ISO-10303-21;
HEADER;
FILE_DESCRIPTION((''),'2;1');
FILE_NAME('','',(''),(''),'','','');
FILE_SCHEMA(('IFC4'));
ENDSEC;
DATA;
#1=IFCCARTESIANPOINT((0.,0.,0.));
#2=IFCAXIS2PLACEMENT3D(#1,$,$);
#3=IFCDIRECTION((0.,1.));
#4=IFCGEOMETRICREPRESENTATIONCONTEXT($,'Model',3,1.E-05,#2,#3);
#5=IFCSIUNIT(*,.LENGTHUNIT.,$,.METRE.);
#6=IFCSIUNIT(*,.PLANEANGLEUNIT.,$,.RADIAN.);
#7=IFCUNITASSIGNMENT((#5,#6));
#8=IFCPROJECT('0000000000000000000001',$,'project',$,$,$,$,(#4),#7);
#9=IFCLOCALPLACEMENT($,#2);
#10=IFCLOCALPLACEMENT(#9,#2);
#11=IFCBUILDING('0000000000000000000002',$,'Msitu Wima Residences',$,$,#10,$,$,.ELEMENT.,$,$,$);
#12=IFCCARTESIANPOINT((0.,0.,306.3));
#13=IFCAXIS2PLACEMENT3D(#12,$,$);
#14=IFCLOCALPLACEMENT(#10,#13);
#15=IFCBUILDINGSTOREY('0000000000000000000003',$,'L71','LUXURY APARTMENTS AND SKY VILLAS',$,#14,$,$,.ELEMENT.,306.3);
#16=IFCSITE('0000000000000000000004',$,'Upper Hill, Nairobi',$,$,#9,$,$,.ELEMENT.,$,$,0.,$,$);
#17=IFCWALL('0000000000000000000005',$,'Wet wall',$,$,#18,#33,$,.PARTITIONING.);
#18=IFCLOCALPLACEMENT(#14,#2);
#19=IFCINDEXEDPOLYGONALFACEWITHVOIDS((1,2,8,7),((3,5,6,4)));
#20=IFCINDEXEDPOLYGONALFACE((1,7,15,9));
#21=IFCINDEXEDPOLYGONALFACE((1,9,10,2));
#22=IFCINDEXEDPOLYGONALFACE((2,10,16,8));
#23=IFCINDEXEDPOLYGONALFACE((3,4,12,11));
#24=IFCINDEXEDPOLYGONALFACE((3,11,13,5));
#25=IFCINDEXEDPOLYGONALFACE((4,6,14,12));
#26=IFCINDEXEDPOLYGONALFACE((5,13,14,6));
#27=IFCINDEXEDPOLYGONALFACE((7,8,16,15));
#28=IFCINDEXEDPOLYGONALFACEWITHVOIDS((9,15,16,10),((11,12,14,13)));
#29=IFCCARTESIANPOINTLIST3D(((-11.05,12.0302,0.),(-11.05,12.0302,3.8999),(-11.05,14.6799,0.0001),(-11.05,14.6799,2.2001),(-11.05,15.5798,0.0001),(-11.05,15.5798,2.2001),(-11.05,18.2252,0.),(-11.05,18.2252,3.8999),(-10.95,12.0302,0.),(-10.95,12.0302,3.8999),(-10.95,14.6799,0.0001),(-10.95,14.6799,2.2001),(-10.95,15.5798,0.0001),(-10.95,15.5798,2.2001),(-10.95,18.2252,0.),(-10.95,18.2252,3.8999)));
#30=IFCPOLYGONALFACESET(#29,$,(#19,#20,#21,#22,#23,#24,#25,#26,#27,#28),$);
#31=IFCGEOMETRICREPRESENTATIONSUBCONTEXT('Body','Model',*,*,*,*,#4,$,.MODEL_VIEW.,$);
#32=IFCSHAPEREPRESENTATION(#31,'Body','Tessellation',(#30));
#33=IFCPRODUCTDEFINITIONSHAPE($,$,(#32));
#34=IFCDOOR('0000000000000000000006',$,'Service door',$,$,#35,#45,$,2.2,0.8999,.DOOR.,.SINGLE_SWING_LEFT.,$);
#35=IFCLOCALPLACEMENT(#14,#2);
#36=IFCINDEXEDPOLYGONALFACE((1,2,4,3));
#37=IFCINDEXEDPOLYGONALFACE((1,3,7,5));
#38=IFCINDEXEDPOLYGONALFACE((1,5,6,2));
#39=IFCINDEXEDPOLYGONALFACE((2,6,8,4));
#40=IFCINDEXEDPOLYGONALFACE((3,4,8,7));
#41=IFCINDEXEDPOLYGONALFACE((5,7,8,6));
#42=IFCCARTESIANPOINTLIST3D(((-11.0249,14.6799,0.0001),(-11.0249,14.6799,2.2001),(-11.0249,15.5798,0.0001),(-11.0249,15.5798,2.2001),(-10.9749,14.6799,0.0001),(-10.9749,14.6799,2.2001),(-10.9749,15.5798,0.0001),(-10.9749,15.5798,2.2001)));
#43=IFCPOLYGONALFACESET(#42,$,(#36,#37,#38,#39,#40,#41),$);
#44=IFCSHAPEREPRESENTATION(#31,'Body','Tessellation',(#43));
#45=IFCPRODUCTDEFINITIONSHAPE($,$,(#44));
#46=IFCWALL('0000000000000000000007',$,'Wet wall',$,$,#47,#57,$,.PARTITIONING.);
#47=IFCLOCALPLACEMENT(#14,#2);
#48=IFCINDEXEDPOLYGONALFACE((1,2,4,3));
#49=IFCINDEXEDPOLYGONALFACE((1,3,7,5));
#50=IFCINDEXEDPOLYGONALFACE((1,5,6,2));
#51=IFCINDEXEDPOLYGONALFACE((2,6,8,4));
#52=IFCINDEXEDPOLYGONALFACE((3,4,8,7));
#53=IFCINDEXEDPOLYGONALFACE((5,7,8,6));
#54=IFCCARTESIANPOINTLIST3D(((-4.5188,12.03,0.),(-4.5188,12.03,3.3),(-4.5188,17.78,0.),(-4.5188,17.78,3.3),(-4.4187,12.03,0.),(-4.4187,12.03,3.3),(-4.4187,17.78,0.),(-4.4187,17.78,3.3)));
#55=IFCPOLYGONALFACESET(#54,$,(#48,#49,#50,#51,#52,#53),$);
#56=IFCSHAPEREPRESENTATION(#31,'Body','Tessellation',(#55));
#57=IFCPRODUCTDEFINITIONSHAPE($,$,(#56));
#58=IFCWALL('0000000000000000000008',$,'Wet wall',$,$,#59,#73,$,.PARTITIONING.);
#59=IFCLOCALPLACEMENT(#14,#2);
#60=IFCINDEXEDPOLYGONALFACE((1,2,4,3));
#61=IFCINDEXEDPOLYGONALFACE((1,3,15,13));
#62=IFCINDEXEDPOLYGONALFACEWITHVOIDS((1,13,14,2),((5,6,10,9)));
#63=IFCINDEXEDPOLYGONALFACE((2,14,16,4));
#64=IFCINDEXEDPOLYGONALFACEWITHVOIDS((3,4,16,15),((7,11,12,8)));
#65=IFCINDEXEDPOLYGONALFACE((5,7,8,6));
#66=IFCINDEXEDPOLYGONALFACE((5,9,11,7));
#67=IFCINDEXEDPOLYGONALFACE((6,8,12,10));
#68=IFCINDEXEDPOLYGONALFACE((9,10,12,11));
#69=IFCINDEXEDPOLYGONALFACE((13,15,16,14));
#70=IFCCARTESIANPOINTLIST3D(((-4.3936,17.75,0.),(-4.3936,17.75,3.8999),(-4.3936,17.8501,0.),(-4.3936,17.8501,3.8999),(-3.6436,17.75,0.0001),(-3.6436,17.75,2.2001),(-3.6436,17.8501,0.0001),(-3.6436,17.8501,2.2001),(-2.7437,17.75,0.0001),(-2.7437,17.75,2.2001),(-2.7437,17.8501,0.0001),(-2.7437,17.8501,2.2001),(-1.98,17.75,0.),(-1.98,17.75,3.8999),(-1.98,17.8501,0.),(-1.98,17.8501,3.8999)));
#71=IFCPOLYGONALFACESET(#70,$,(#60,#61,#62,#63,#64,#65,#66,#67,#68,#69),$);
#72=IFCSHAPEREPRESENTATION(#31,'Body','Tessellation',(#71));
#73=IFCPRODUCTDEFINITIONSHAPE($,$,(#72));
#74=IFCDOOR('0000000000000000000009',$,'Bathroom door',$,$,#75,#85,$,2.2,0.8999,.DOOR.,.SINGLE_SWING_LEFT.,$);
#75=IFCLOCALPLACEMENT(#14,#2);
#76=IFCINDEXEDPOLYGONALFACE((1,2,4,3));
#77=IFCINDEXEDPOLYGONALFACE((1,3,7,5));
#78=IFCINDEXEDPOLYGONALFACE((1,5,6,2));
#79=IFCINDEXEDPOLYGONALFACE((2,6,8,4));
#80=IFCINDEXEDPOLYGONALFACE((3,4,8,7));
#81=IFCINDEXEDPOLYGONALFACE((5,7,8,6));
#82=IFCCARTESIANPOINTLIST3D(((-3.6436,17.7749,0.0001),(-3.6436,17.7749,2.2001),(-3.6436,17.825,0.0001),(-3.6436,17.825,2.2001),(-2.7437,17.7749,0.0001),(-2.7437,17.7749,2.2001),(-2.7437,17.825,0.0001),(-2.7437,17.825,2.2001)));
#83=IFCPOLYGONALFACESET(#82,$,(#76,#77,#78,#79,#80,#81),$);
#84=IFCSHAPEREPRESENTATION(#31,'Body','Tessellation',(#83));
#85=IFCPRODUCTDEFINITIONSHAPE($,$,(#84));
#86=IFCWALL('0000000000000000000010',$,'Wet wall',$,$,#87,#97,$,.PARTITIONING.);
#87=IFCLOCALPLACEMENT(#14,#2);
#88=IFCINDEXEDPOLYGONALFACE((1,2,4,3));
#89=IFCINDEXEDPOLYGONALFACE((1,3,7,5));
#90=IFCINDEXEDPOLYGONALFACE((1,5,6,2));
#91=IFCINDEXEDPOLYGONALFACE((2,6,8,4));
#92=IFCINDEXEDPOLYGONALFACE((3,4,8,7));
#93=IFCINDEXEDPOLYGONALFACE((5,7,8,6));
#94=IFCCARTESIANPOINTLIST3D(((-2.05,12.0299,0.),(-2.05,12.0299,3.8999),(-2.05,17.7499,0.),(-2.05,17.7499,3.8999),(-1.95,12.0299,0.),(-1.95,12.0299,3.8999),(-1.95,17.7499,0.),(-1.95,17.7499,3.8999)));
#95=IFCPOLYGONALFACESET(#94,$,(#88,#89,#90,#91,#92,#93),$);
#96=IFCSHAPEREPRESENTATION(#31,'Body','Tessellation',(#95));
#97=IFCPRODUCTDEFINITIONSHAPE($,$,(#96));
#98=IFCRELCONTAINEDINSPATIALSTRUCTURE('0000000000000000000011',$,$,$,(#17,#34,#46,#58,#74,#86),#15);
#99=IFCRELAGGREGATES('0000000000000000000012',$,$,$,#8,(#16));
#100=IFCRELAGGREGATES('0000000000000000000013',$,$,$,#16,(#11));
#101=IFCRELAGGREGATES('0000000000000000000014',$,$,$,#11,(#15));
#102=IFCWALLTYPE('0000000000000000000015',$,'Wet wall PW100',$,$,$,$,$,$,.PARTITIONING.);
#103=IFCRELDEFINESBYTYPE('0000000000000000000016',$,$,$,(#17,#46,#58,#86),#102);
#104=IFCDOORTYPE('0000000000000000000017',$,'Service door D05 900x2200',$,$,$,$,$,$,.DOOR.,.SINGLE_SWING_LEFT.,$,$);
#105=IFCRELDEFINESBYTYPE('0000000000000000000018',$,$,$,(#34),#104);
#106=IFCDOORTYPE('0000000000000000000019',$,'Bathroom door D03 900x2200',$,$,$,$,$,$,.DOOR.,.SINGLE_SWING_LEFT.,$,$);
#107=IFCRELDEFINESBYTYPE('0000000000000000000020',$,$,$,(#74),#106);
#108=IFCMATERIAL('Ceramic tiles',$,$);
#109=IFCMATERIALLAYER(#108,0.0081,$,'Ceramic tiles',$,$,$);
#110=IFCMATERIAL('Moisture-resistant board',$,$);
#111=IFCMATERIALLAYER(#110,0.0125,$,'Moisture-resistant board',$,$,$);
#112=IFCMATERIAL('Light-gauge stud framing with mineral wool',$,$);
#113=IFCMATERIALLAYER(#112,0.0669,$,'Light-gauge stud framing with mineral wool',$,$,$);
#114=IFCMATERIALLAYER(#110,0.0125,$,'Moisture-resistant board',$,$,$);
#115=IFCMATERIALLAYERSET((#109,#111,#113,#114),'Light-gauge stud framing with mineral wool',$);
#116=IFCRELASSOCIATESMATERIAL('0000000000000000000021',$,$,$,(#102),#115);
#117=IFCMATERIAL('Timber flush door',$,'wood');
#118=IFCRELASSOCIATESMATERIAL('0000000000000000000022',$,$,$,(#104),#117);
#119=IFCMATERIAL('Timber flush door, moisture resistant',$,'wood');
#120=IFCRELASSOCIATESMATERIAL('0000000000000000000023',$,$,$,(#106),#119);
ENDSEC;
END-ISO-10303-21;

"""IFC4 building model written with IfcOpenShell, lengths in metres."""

from ifc_helpers import new_model, si_unit, direction, frame, frame_2d, origin, place, context, subcontext, project, spatial, rectangle, extrude, material, layer, layer_set, type_object, element, fill, save


model = new_model("IFC4")

# Units and contexts
model_context = context("Model", 3, precision=1e-05, world=origin(), true_north=direction((0.0, 1.0)))
body_context = subcontext(model_context, "Body", "Model", "MODEL_VIEW")
ifc_project = project(units=[si_unit("LENGTHUNIT", "METRE"), si_unit("PLANEANGLEUNIT", "RADIAN")], contexts=[model_context])

# Site, building, storey
site_placement = place(None, origin())
site = spatial("IfcSite", under=ifc_project, at=site_placement, Name="Upper Hill, Nairobi", CompositionType="ELEMENT", RefElevation=0.0)
building_placement = place(site_placement, origin())
building = spatial("IfcBuilding", under=site, at=building_placement, Name="Msitu Wima Residences", CompositionType="ELEMENT")
storey_placement = place(building_placement, frame((0.0, 0.0, 306.3)))
storey = spatial("IfcBuildingStorey", under=building, at=storey_placement, Name="L71", Description="LUXURY APARTMENTS AND SKY VILLAS", CompositionType="ELEMENT", Elevation=306.3)

# Wall, opening, door
ifc_material_1 = material(Name="Timber flush door", Category="wood")
ifc_material_2 = material(Name="Ceramic tiles")
ifc_layer_1 = layer(ifc_material_2, 0.0081, Name="Ceramic tiles")
ifc_material_3 = material(Name="Moisture-resistant board")
ifc_layer_2 = layer(ifc_material_3, 0.0125, Name="Moisture-resistant board")
ifc_material_4 = material(Name="Light-gauge stud framing with mineral wool")
ifc_layer_3 = layer(ifc_material_4, 0.0669, Name="Light-gauge stud framing with mineral wool")
ifc_layer_4 = layer(ifc_material_3, 0.0125, Name="Moisture-resistant board")
ifc_layer_set_1 = layer_set([ifc_layer_1, ifc_layer_2, ifc_layer_3, ifc_layer_4], Name="Light-gauge stud framing with mineral wool")
wall_type_1 = type_object("IfcWallType", Name="Wet wall PW100", PredefinedType="PARTITIONING", material=ifc_layer_set_1)
wall_1_placement = place(storey_placement, frame((-11.0, 12.03, 0.0), z_axis=(0.0, 0.0, 1.0), x_axis=(0.0, 1.0, 0.0)))
wall_1 = element("IfcWall", 1, at=wall_1_placement, inside=storey, type_object=wall_type_1, Name="Wet wall", PredefinedType="PARTITIONING", context=body_context, shape_type="SweptSolid", body=[
    extrude(rectangle(XDim=6.1951, YDim=0.1001, at=frame_2d((3.0977, 0.0))), origin(), (0.0, 0.0, 1.0), 3.8999),
])
opening_1_placement = place(wall_1_placement, frame((2.6499, 0.0, 0.0)))
opening_1 = element("IfcOpeningElement", 2, at=opening_1_placement, cuts=wall_1, PredefinedType="OPENING", context=body_context, shape_type="SweptSolid", body=[
    extrude(rectangle(XDim=0.8999, YDim=2.2, at=frame_2d((0.45, 1.1001))), frame((0.0, 0.0601, 0.0), z_axis=(0.0, -1.0, 0.0), x_axis=(1.0, 0.0, 0.0)), (0.0, 0.0, 1.0), 0.1201),
])
door_type_1 = type_object("IfcDoorType", Name="Service door D05 900x2200", OperationType="SINGLE_SWING_LEFT", PredefinedType="DOOR", material=ifc_material_1)
door_1_placement = place(opening_1_placement, origin())
door_1 = element("IfcDoor", 3, at=door_1_placement, inside=storey, type_object=door_type_1, Name="Service door", OperationType="SINGLE_SWING_LEFT", OverallHeight=2.2, OverallWidth=0.8999, PredefinedType="DOOR", context=body_context, shape_type="SweptSolid", body=[
    extrude(rectangle(XDim=0.8999, YDim=2.2, at=frame_2d((0.45, 1.1001))), frame((0.0, 0.0249, 0.0), z_axis=(0.0, -1.0, 0.0), x_axis=(1.0, 0.0, 0.0)), (0.0, 0.0, 1.0), 0.05),
])
fill(opening_1, door_1)

# Wall
wall_2_placement = place(storey_placement, frame((-4.4688, 12.03, 0.0), z_axis=(0.0, 0.0, 1.0), x_axis=(0.0, 1.0, 0.0)))
element("IfcWall", 4, at=wall_2_placement, inside=storey, type_object=wall_type_1, Name="Wet wall", PredefinedType="PARTITIONING", context=body_context, shape_type="SweptSolid", body=[
    extrude(rectangle(XDim=5.75, YDim=0.1001, at=frame_2d((2.875, 0.0))), origin(), (0.0, 0.0, 1.0), 3.3),
])

# Wall, opening, door
wall_3_placement = place(storey_placement, frame((-4.3936, 17.8, 0.0), z_axis=(0.0, 0.0, 1.0), x_axis=(1.0, 0.0, 0.0)))
wall_3 = element("IfcWall", 5, at=wall_3_placement, inside=storey, type_object=wall_type_1, Name="Wet wall", PredefinedType="PARTITIONING", context=body_context, shape_type="SweptSolid", body=[
    extrude(rectangle(XDim=2.4136, YDim=0.1001, at=frame_2d((1.2068, 0.0))), origin(), (0.0, 0.0, 1.0), 3.8999),
])
opening_2_placement = place(wall_3_placement, frame((0.75, 0.0, 0.0)))
opening_2 = element("IfcOpeningElement", 6, at=opening_2_placement, cuts=wall_3, PredefinedType="OPENING", context=body_context, shape_type="SweptSolid", body=[
    extrude(rectangle(XDim=0.8999, YDim=2.2, at=frame_2d((0.45, 1.1001))), frame((0.0, 0.0601, 0.0), z_axis=(0.0, -1.0, 0.0), x_axis=(1.0, 0.0, 0.0)), (0.0, 0.0, 1.0), 0.1201),
])
ifc_material_5 = material(Name="Timber flush door, moisture resistant", Category="wood")
door_type_2 = type_object("IfcDoorType", Name="Bathroom door D03 900x2200", OperationType="SINGLE_SWING_LEFT", PredefinedType="DOOR", material=ifc_material_5)
door_2_placement = place(opening_2_placement, origin())
door_2 = element("IfcDoor", 7, at=door_2_placement, inside=storey, type_object=door_type_2, Name="Bathroom door", OperationType="SINGLE_SWING_LEFT", OverallHeight=2.2, OverallWidth=0.8999, PredefinedType="DOOR", context=body_context, shape_type="SweptSolid", body=[
    extrude(rectangle(XDim=0.8999, YDim=2.2, at=frame_2d((0.45, 1.1001))), frame((0.0, 0.0249, 0.0), z_axis=(0.0, -1.0, 0.0), x_axis=(1.0, 0.0, 0.0)), (0.0, 0.0, 1.0), 0.05),
])
fill(opening_2, door_2)

# Wall
wall_4_placement = place(storey_placement, frame((-2.0, 12.03, 0.0), z_axis=(0.0, 0.0, 1.0), x_axis=(0.0, 1.0, 0.0)))
element("IfcWall", 8, at=wall_4_placement, inside=storey, type_object=wall_type_1, Name="Wet wall", PredefinedType="PARTITIONING", context=body_context, shape_type="SweptSolid", body=[
    extrude(rectangle(XDim=5.72, YDim=0.1001, at=frame_2d((2.8599, 0.0))), origin(), (0.0, 0.0, 1.0), 3.8999),
])

save(model, "model.ifc")
